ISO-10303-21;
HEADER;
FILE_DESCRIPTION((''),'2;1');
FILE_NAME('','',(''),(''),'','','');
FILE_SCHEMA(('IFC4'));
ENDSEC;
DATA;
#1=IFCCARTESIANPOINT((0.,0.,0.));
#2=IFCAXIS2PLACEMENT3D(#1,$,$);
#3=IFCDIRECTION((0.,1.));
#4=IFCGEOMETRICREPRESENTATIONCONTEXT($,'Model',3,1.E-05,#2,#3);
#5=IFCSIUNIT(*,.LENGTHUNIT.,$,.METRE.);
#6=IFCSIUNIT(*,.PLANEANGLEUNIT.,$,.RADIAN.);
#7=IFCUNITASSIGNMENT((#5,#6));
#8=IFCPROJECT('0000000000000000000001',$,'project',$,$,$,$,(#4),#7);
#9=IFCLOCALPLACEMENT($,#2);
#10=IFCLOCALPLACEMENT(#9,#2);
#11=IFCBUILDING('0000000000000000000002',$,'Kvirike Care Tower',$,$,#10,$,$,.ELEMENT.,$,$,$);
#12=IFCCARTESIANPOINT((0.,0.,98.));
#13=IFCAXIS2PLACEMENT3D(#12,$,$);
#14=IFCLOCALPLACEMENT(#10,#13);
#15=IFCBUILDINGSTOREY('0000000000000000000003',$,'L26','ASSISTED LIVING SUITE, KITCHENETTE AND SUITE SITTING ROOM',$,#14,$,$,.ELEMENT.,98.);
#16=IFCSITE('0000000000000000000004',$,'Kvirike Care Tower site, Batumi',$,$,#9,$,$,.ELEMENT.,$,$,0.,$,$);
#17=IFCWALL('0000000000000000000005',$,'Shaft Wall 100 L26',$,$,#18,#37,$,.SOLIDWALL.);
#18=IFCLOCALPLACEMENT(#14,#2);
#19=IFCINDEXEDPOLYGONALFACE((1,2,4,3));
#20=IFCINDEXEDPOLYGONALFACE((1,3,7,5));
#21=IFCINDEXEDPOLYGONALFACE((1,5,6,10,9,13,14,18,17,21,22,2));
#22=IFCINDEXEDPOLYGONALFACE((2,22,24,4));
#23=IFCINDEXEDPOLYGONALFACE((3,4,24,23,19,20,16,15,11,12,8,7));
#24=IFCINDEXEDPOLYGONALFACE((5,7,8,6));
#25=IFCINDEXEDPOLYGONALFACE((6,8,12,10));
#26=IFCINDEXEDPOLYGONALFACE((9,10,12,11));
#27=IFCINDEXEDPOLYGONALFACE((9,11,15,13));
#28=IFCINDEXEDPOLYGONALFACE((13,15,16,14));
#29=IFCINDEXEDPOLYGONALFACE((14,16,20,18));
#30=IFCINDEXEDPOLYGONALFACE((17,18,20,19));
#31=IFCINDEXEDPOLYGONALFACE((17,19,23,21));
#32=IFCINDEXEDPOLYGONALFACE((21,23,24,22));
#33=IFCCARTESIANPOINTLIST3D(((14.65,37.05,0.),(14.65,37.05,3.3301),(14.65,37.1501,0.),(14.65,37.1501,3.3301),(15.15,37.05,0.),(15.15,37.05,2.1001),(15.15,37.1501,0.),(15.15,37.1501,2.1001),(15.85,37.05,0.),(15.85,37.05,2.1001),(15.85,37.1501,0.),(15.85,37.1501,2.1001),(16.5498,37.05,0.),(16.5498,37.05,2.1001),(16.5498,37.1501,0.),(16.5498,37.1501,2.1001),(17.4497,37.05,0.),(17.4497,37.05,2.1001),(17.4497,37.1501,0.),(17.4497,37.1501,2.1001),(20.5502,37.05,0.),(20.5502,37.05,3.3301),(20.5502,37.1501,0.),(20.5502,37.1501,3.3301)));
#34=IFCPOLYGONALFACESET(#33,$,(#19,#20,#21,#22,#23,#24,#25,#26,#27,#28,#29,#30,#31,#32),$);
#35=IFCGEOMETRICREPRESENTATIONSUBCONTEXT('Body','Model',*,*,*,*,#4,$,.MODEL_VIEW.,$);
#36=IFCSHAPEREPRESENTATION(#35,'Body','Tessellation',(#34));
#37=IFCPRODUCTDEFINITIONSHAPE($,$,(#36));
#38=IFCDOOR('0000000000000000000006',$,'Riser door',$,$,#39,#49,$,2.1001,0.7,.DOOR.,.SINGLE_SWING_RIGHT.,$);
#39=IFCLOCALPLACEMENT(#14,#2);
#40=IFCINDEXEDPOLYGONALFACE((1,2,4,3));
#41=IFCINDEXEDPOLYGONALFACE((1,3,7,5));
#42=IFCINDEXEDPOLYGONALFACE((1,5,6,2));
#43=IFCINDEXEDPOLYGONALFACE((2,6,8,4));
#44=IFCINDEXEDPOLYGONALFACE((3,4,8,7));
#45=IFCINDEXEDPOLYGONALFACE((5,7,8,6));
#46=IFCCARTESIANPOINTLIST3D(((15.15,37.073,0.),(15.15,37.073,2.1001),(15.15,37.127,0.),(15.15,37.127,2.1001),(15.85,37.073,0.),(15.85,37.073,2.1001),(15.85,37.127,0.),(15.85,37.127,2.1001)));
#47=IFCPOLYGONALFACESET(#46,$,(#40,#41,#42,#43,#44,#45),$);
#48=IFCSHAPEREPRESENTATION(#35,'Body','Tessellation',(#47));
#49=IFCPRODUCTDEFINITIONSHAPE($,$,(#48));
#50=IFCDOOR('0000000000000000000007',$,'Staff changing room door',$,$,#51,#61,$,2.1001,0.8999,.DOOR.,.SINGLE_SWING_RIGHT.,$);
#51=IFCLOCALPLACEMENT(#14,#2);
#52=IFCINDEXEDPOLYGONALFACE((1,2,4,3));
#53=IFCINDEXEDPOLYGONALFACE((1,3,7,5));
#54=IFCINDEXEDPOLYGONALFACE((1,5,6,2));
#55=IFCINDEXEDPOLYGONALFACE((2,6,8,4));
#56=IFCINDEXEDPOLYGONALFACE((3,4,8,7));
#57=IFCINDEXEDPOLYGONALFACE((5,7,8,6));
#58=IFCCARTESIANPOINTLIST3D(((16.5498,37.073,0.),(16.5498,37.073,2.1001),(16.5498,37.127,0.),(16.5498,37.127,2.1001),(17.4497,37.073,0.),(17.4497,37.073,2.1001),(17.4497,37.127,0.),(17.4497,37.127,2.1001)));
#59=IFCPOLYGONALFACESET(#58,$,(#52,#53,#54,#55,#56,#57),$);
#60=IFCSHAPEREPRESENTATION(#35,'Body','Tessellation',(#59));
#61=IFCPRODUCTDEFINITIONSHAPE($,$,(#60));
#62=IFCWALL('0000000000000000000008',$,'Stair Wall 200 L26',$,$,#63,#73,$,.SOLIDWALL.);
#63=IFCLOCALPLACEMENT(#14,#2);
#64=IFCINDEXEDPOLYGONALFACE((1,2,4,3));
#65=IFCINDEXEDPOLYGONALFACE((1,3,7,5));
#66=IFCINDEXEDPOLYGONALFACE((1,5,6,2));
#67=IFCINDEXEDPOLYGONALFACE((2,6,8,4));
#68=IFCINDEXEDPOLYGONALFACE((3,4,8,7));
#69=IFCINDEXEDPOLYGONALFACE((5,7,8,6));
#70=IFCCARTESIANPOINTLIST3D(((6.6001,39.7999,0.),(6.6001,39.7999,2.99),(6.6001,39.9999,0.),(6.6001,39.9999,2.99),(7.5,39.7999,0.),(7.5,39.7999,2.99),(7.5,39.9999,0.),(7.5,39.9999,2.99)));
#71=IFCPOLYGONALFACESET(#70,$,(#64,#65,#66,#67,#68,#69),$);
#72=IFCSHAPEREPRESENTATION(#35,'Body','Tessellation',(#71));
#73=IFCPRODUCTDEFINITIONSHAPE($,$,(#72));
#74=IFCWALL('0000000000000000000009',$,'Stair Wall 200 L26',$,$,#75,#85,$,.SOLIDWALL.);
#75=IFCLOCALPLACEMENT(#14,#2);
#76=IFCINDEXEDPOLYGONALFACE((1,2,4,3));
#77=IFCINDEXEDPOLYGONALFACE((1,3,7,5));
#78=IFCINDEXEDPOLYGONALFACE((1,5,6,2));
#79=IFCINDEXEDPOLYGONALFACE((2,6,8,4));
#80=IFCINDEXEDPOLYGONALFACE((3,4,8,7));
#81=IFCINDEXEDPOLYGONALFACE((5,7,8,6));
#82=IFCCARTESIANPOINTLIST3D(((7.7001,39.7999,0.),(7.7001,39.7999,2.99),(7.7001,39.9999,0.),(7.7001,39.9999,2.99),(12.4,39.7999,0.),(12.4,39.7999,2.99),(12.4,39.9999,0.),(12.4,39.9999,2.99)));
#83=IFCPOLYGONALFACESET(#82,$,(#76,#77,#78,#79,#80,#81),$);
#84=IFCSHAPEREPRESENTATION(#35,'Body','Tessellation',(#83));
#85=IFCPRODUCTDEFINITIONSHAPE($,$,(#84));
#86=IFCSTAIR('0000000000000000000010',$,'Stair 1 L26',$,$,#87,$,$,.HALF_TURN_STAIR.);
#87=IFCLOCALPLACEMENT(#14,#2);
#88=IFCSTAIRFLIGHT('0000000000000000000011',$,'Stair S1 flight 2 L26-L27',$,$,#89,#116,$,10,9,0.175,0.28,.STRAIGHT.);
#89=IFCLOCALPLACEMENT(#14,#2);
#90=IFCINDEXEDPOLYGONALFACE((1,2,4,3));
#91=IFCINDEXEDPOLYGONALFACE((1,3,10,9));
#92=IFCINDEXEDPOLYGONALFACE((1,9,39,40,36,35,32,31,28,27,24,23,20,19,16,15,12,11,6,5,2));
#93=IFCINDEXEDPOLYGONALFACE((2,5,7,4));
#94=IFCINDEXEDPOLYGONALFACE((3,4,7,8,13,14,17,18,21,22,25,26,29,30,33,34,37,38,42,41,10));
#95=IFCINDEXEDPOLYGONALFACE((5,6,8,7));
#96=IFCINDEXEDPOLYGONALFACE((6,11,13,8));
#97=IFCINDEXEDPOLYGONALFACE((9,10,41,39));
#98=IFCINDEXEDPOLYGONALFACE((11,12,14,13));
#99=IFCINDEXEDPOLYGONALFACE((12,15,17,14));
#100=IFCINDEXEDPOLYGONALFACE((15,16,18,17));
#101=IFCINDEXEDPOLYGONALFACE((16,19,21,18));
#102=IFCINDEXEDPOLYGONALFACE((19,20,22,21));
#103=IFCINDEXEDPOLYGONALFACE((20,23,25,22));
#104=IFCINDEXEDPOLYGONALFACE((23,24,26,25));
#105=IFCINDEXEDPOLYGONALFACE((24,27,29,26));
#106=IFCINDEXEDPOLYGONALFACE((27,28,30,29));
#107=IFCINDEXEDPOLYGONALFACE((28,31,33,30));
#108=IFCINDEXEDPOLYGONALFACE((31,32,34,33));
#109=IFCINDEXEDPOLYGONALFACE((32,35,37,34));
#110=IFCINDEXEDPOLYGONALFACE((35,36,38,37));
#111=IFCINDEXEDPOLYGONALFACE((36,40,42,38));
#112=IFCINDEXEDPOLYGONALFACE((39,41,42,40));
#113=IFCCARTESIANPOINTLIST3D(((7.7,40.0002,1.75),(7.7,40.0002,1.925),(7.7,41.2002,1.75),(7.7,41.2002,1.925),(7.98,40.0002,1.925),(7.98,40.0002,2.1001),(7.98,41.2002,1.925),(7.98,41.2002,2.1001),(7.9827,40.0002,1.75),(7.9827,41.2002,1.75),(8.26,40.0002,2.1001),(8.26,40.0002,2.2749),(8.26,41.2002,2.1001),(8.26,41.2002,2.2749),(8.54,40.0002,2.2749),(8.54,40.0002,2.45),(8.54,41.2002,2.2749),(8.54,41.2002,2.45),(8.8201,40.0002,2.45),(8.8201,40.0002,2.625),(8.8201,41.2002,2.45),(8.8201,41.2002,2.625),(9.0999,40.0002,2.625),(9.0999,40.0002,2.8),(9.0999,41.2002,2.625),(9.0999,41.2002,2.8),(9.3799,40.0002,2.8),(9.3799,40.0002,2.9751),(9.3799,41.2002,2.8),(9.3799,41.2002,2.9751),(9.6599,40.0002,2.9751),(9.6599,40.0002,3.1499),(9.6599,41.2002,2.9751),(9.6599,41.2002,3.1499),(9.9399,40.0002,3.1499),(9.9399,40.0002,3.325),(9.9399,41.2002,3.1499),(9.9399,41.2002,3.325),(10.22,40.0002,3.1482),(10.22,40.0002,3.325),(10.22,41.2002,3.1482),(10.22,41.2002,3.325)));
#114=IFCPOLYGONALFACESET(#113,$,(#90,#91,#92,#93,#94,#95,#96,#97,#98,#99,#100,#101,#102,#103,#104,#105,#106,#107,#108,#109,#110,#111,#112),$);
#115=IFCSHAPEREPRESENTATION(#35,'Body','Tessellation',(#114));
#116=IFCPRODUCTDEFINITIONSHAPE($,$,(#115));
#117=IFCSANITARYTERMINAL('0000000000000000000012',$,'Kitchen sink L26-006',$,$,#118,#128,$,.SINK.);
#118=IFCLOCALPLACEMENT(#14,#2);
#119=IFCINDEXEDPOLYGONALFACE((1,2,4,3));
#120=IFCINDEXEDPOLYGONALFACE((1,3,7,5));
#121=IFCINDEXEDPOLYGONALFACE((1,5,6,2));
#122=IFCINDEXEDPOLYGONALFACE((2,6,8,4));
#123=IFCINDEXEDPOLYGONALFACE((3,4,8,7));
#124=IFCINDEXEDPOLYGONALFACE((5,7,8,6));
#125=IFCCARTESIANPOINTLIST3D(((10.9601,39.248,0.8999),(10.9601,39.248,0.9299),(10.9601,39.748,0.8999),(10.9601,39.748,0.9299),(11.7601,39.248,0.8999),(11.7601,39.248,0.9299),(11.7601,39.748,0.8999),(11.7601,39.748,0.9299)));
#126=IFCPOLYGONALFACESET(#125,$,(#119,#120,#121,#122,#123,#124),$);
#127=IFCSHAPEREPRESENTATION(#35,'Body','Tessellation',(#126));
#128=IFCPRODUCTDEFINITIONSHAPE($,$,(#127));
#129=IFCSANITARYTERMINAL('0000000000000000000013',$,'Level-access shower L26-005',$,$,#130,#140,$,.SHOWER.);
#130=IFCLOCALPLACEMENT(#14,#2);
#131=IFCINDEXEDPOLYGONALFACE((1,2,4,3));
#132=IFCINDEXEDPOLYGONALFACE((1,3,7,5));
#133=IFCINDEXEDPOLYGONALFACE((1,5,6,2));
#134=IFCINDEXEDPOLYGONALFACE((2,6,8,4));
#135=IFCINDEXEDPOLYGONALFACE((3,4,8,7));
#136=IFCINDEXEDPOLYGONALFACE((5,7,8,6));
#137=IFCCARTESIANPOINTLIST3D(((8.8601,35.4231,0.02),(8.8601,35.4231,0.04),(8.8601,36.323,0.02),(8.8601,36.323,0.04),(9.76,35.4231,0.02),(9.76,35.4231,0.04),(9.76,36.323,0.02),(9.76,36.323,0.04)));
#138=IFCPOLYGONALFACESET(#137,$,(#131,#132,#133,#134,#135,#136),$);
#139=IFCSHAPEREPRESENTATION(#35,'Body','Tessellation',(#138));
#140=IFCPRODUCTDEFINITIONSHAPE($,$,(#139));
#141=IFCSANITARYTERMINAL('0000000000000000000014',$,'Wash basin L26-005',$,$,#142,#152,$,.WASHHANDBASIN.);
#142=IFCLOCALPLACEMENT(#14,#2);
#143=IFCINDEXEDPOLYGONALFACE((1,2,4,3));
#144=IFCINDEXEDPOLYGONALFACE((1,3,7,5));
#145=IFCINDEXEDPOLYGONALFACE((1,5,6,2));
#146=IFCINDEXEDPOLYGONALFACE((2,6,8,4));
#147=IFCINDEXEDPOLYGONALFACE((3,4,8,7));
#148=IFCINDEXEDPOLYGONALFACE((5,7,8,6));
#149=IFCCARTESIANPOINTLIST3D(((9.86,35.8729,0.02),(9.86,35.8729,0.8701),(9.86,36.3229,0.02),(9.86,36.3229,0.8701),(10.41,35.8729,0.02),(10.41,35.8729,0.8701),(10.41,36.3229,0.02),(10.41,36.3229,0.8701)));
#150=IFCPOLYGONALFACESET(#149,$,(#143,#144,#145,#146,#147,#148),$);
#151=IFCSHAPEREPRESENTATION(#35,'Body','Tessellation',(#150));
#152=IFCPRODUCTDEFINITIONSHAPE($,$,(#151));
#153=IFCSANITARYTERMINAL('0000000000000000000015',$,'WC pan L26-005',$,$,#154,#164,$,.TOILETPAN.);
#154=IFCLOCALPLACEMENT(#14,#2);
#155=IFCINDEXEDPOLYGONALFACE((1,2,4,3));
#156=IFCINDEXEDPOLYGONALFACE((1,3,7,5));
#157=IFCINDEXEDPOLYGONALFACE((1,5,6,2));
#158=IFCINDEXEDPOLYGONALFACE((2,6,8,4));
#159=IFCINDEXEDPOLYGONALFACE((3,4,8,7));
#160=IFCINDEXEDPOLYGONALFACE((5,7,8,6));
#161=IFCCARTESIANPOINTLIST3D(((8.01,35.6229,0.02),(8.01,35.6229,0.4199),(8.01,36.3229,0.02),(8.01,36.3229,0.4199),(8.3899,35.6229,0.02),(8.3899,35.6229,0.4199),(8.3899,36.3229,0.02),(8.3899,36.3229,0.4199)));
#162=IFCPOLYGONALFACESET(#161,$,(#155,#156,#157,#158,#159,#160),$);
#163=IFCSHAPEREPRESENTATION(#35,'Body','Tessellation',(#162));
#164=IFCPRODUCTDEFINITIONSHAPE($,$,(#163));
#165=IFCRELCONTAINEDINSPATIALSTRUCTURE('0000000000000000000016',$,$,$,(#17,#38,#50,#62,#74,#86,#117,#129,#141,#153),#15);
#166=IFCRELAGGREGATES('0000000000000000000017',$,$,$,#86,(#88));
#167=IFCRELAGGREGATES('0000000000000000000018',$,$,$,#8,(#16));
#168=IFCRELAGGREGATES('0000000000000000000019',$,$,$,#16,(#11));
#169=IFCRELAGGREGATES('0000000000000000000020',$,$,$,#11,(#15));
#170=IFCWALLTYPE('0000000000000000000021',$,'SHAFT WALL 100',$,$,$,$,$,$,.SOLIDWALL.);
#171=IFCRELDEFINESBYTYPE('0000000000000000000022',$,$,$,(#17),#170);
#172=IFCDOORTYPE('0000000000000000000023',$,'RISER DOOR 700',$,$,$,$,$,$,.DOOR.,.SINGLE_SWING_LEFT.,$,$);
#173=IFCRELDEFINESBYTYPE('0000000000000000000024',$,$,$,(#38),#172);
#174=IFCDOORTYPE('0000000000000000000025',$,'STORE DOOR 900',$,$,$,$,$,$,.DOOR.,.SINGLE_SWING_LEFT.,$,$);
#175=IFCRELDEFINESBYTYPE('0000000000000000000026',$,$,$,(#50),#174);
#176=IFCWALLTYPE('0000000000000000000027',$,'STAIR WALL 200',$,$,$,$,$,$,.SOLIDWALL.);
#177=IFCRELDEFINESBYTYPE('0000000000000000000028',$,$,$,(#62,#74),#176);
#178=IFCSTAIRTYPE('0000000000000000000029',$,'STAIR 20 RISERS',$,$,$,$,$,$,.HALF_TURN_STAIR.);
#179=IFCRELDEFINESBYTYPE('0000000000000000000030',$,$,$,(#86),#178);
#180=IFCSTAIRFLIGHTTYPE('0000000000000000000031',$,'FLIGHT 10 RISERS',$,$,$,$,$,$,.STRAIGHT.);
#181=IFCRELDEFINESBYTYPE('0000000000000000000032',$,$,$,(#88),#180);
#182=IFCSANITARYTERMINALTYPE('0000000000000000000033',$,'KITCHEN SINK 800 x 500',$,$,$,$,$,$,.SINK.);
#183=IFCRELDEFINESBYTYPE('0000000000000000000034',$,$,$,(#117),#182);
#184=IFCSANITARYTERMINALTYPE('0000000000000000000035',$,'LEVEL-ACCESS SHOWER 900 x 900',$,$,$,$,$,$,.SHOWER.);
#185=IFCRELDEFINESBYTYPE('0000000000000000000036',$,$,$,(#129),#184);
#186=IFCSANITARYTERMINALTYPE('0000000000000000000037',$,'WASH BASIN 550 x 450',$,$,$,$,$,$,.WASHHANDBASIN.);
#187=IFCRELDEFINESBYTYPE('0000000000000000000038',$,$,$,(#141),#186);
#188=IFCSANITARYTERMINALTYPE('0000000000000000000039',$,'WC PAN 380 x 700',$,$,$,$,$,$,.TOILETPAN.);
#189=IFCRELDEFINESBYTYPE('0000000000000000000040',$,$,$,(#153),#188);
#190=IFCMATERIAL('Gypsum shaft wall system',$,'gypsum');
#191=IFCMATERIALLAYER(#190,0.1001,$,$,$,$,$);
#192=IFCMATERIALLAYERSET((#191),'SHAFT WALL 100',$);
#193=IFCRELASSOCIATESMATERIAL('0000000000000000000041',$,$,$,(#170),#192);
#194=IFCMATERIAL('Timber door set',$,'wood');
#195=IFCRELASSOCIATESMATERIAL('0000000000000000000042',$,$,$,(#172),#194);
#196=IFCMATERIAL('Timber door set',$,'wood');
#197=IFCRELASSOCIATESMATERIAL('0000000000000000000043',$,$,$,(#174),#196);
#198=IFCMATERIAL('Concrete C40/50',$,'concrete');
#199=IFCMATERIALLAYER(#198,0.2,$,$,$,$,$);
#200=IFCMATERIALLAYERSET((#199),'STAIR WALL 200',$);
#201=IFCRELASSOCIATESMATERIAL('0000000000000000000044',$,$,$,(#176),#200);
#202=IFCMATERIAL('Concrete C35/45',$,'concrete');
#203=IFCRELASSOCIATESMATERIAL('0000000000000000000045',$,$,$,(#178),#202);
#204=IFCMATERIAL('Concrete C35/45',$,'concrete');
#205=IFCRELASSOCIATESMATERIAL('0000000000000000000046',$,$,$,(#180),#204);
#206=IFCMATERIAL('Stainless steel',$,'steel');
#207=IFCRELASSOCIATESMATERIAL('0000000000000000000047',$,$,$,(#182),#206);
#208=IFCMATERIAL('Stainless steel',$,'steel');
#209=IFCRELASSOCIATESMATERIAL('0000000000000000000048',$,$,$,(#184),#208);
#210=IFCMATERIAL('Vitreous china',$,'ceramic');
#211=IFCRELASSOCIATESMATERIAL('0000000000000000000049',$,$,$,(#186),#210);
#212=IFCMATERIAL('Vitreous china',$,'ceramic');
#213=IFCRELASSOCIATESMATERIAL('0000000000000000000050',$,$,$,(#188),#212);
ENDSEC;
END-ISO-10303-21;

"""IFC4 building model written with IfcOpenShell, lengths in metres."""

from ifc_helpers import new_model, si_unit, direction, frame, frame_2d, origin, origin_2d, place, context, subcontext, project, spatial, polyline, rectangle, outline, extrude, material, layer, layer_set, type_object, element, fill, aggregate, save


model = new_model("IFC4")

# Units and contexts
model_context = context("Model", 3, precision=1e-05, world=origin(), true_north=direction((0.0, 1.0)))
body_context = subcontext(model_context, "Body", "Model", "MODEL_VIEW")
ifc_project = project(units=[si_unit("LENGTHUNIT", "METRE"), si_unit("PLANEANGLEUNIT", "RADIAN")], contexts=[model_context])

# Site, building, storey
site_placement = place(None, origin())
site = spatial("IfcSite", under=ifc_project, at=site_placement, Name="Kvirike Care Tower site, Batumi", CompositionType="ELEMENT", RefElevation=0.0)
building_placement = place(site_placement, origin())
building = spatial("IfcBuilding", under=site, at=building_placement, Name="Kvirike Care Tower", CompositionType="ELEMENT")
storey_placement = place(building_placement, frame((0.0, 0.0, 98.0)))
storey = spatial("IfcBuildingStorey", under=building, at=storey_placement, Name="L26", Description="ASSISTED LIVING SUITE, KITCHENETTE AND SUITE SITTING ROOM", CompositionType="ELEMENT", Elevation=98.0)

# Shared definitions
ifc_material_1 = material(Name="Gypsum shaft wall system", Category="gypsum")
ifc_layer_1 = layer(ifc_material_1, 0.1001)
ifc_layer_set_1 = layer_set([ifc_layer_1], Name="SHAFT WALL 100")
wall_type_1 = type_object("IfcWallType", Name="SHAFT WALL 100", PredefinedType="SOLIDWALL", material=ifc_layer_set_1)
ifc_material_2 = material(Name="Timber door set", Category="wood")
door_type_1 = type_object("IfcDoorType", Name="RISER DOOR 700", OperationType="SINGLE_SWING_LEFT", PredefinedType="DOOR", material=ifc_material_2)

# Wall, openings, doors
wall_1_placement = place(storey_placement, frame((14.6499, 37.1001, 0.0), z_axis=(0.0, 0.0, 1.0), x_axis=(1.0, 0.0, 0.0)))
wall_1 = element("IfcWall", 1, at=wall_1_placement, inside=storey, type_object=wall_type_1, Name="Shaft Wall 100 L26", PredefinedType="SOLIDWALL", context=body_context, shape_type="SweptSolid", body=[
    extrude(rectangle(XDim=5.9001, YDim=0.1001, at=frame_2d((2.9502, 0.0))), origin(), (0.0, 0.0, 1.0), 3.3301),
])
opening_1_placement = place(wall_1_placement, frame((0.5, 0.0, 0.0)))
opening_1 = element("IfcOpeningElement", 2, at=opening_1_placement, cuts=wall_1, PredefinedType="OPENING", context=body_context, shape_type="SweptSolid", body=[
    extrude(rectangle(XDim=0.7, YDim=2.1001, at=frame_2d((0.3501, 1.05))), frame((0.0, 0.0605, 0.0), z_axis=(0.0, -1.0, 0.0), x_axis=(1.0, 0.0, 0.0)), (0.0, 0.0, 1.0), 0.1211),
])
opening_2_placement = place(wall_1_placement, frame((1.8999, 0.0, 0.0)))
opening_2 = element("IfcOpeningElement", 3, at=opening_2_placement, cuts=wall_1, PredefinedType="OPENING", context=body_context, shape_type="SweptSolid", body=[
    extrude(rectangle(XDim=0.8999, YDim=2.1001, at=frame_2d((0.45, 1.05))), frame((0.0, 0.0605, 0.0), z_axis=(0.0, -1.0, 0.0), x_axis=(1.0, 0.0, 0.0)), (0.0, 0.0, 1.0), 0.1211),
])
door_1_placement = place(opening_1_placement, origin())
door_1 = element("IfcDoor", 4, at=door_1_placement, inside=storey, type_object=door_type_1, Name="Riser door", OperationType="SINGLE_SWING_RIGHT", OverallHeight=2.1001, OverallWidth=0.7, PredefinedType="DOOR", context=body_context, shape_type="SweptSolid", body=[
    extrude(rectangle(XDim=0.7, YDim=2.1001, at=frame_2d((0.3501, 1.05))), frame((0.0, 0.0269, 0.0), z_axis=(0.0, -1.0, 0.0), x_axis=(1.0, 0.0, 0.0)), (0.0, 0.0, 1.0), 0.054),
])
fill(opening_1, door_1)
ifc_material_3 = material(Name="Timber door set", Category="wood")
door_type_2 = type_object("IfcDoorType", Name="STORE DOOR 900", OperationType="SINGLE_SWING_LEFT", PredefinedType="DOOR", material=ifc_material_3)
door_2_placement = place(opening_2_placement, origin())
door_2 = element("IfcDoor", 5, at=door_2_placement, inside=storey, type_object=door_type_2, Name="Staff changing room door", OperationType="SINGLE_SWING_RIGHT", OverallHeight=2.1001, OverallWidth=0.8999, PredefinedType="DOOR", context=body_context, shape_type="SweptSolid", body=[
    extrude(rectangle(XDim=0.8999, YDim=2.1001, at=frame_2d((0.45, 1.05))), frame((0.0, 0.0269, 0.0), z_axis=(0.0, -1.0, 0.0), x_axis=(1.0, 0.0, 0.0)), (0.0, 0.0, 1.0), 0.054),
])
fill(opening_2, door_2)

# Walls
ifc_material_4 = material(Name="Concrete C40/50", Category="concrete")
ifc_layer_2 = layer(ifc_material_4, 0.2)
ifc_layer_set_2 = layer_set([ifc_layer_2], Name="STAIR WALL 200")
wall_type_2 = type_object("IfcWallType", Name="STAIR WALL 200", PredefinedType="SOLIDWALL", material=ifc_layer_set_2)
wall_2_placement = place(storey_placement, frame((6.6001, 39.8999, 0.0), z_axis=(0.0, 0.0, 1.0), x_axis=(1.0, 0.0, 0.0)))
element("IfcWall", 6, at=wall_2_placement, inside=storey, type_object=wall_type_2, Name="Stair Wall 200 L26", PredefinedType="SOLIDWALL", context=body_context, shape_type="SweptSolid", body=[
    extrude(rectangle(XDim=0.8999, YDim=0.2, at=frame_2d((0.45, 0.0))), origin(), (0.0, 0.0, 1.0), 2.99),
])
wall_3_placement = place(storey_placement, frame((7.7, 39.8999, 0.0), z_axis=(0.0, 0.0, 1.0), x_axis=(1.0, 0.0, 0.0)))
element("IfcWall", 7, at=wall_3_placement, inside=storey, type_object=wall_type_2, Name="Stair Wall 200 L26", PredefinedType="SOLIDWALL", context=body_context, shape_type="SweptSolid", body=[
    extrude(rectangle(XDim=4.7, YDim=0.2, at=frame_2d((2.3501, 0.0))), origin(), (0.0, 0.0, 1.0), 2.99),
])

# Stair, stair flight
ifc_material_5 = material(Name="Concrete C35/45", Category="concrete")
stair_type = type_object("IfcStairType", Name="STAIR 20 RISERS", PredefinedType="HALF_TURN_STAIR", material=ifc_material_5)
stair_placement = place(storey_placement, origin())
stair = element("IfcStair", 8, at=stair_placement, inside=storey, type_object=stair_type, Name="Stair 1 L26", PredefinedType="HALF_TURN_STAIR")
ifc_material_6 = material(Name="Concrete C35/45", Category="concrete")
stair_flight_type = type_object("IfcStairFlightType", Name="FLIGHT 10 RISERS", PredefinedType="STRAIGHT", material=ifc_material_6)
stair_flight_placement = place(storey_placement, frame((7.7, 40.6001, 1.75), z_axis=(0.0, 0.0, 1.0), x_axis=(1.0, 0.0, 0.0)))
stair_flight = element("IfcStairFlight", 9, at=stair_flight_placement, type_object=stair_flight_type, Name="Stair S1 flight 2 L26-L27", NumberOfRisers=10, NumberOfTreads=9, PredefinedType="STRAIGHT", RiserHeight=0.175, TreadLength=0.28, context=body_context, shape_type="SweptSolid", body=[
    extrude(outline(polyline([(0.0, 0.0), (0.0, 0.175), (0.28, 0.175), (0.28, 0.3501), (0.5601, 0.3501), (0.5601, 0.5249), (0.8401, 0.5249), (0.8401, 0.7), (1.1201, 0.7), (1.1201, 0.875), (1.3999, 0.875), (1.3999, 1.05), (1.6799, 1.05), (1.6799, 1.2251), (1.96, 1.2251), (1.96, 1.3999), (2.24, 1.3999), (2.24, 1.575), (2.52, 1.575), (2.52, 1.75), (2.52, 1.3982), (0.2827, 0.0), (0.0, 0.0)])), frame((0.0, 0.6001, 0.0), z_axis=(0.0, -1.0, 0.0), x_axis=(1.0, 0.0, 0.0)), (0.0, 0.0, 1.0), 1.2),
])
aggregate(stair, [stair_flight])

# Sanitary terminals
ifc_material_7 = material(Name="Stainless steel", Category="steel")
sanitary_terminal_type_1 = type_object("IfcSanitaryTerminalType", Name="KITCHEN SINK 800 x 500", PredefinedType="SINK", material=ifc_material_7)
sanitary_terminal_1_placement = place(storey_placement, frame((11.3601, 39.498, 0.8999), z_axis=(0.0, 0.0, 1.0), x_axis=(1.0, 0.0, 0.0)))
element("IfcSanitaryTerminal", 10, at=sanitary_terminal_1_placement, inside=storey, type_object=sanitary_terminal_type_1, Name="Kitchen sink L26-006", PredefinedType="SINK", context=body_context, shape_type="SweptSolid", body=[
    extrude(rectangle(XDim=0.8, YDim=0.5, at=origin_2d()), origin(), (0.0, 0.0, 1.0), 0.03),
])
ifc_material_8 = material(Name="Stainless steel", Category="steel")
sanitary_terminal_type_2 = type_object("IfcSanitaryTerminalType", Name="LEVEL-ACCESS SHOWER 900 x 900", PredefinedType="SHOWER", material=ifc_material_8)
sanitary_terminal_2_placement = place(storey_placement, frame((9.3101, 35.873, 0.02), z_axis=(0.0, 0.0, 1.0), x_axis=(1.0, 0.0, 0.0)))
element("IfcSanitaryTerminal", 11, at=sanitary_terminal_2_placement, inside=storey, type_object=sanitary_terminal_type_2, Name="Level-access shower L26-005", PredefinedType="SHOWER", context=body_context, shape_type="SweptSolid", body=[
    extrude(rectangle(XDim=0.8999, YDim=0.8999, at=origin_2d()), origin(), (0.0, 0.0, 1.0), 0.02),
])
ifc_material_9 = material(Name="Vitreous china", Category="ceramic")
sanitary_terminal_type_3 = type_object("IfcSanitaryTerminalType", Name="WASH BASIN 550 x 450", PredefinedType="WASHHANDBASIN", material=ifc_material_9)
sanitary_terminal_3_placement = place(storey_placement, frame((10.135, 36.0979, 0.02), z_axis=(0.0, 0.0, 1.0), x_axis=(1.0, 0.0, 0.0)))
element("IfcSanitaryTerminal", 12, at=sanitary_terminal_3_placement, inside=storey, type_object=sanitary_terminal_type_3, Name="Wash basin L26-005", PredefinedType="WASHHANDBASIN", context=body_context, shape_type="SweptSolid", body=[
    extrude(rectangle(XDim=0.55, YDim=0.45, at=origin_2d()), origin(), (0.0, 0.0, 1.0), 0.8501),
])
ifc_material_10 = material(Name="Vitreous china", Category="ceramic")
sanitary_terminal_type_4 = type_object("IfcSanitaryTerminalType", Name="WC PAN 380 x 700", PredefinedType="TOILETPAN", material=ifc_material_10)
sanitary_terminal_4_placement = place(storey_placement, frame((8.2, 35.9729, 0.02), z_axis=(0.0, 0.0, 1.0), x_axis=(1.0, 0.0, 0.0)))
element("IfcSanitaryTerminal", 13, at=sanitary_terminal_4_placement, inside=storey, type_object=sanitary_terminal_type_4, Name="WC pan L26-005", PredefinedType="TOILETPAN", context=body_context, shape_type="SweptSolid", body=[
    extrude(rectangle(XDim=0.3799, YDim=0.7, at=origin_2d()), origin(), (0.0, 0.0, 1.0), 0.3999),
])

save(model, "model.ifc")
